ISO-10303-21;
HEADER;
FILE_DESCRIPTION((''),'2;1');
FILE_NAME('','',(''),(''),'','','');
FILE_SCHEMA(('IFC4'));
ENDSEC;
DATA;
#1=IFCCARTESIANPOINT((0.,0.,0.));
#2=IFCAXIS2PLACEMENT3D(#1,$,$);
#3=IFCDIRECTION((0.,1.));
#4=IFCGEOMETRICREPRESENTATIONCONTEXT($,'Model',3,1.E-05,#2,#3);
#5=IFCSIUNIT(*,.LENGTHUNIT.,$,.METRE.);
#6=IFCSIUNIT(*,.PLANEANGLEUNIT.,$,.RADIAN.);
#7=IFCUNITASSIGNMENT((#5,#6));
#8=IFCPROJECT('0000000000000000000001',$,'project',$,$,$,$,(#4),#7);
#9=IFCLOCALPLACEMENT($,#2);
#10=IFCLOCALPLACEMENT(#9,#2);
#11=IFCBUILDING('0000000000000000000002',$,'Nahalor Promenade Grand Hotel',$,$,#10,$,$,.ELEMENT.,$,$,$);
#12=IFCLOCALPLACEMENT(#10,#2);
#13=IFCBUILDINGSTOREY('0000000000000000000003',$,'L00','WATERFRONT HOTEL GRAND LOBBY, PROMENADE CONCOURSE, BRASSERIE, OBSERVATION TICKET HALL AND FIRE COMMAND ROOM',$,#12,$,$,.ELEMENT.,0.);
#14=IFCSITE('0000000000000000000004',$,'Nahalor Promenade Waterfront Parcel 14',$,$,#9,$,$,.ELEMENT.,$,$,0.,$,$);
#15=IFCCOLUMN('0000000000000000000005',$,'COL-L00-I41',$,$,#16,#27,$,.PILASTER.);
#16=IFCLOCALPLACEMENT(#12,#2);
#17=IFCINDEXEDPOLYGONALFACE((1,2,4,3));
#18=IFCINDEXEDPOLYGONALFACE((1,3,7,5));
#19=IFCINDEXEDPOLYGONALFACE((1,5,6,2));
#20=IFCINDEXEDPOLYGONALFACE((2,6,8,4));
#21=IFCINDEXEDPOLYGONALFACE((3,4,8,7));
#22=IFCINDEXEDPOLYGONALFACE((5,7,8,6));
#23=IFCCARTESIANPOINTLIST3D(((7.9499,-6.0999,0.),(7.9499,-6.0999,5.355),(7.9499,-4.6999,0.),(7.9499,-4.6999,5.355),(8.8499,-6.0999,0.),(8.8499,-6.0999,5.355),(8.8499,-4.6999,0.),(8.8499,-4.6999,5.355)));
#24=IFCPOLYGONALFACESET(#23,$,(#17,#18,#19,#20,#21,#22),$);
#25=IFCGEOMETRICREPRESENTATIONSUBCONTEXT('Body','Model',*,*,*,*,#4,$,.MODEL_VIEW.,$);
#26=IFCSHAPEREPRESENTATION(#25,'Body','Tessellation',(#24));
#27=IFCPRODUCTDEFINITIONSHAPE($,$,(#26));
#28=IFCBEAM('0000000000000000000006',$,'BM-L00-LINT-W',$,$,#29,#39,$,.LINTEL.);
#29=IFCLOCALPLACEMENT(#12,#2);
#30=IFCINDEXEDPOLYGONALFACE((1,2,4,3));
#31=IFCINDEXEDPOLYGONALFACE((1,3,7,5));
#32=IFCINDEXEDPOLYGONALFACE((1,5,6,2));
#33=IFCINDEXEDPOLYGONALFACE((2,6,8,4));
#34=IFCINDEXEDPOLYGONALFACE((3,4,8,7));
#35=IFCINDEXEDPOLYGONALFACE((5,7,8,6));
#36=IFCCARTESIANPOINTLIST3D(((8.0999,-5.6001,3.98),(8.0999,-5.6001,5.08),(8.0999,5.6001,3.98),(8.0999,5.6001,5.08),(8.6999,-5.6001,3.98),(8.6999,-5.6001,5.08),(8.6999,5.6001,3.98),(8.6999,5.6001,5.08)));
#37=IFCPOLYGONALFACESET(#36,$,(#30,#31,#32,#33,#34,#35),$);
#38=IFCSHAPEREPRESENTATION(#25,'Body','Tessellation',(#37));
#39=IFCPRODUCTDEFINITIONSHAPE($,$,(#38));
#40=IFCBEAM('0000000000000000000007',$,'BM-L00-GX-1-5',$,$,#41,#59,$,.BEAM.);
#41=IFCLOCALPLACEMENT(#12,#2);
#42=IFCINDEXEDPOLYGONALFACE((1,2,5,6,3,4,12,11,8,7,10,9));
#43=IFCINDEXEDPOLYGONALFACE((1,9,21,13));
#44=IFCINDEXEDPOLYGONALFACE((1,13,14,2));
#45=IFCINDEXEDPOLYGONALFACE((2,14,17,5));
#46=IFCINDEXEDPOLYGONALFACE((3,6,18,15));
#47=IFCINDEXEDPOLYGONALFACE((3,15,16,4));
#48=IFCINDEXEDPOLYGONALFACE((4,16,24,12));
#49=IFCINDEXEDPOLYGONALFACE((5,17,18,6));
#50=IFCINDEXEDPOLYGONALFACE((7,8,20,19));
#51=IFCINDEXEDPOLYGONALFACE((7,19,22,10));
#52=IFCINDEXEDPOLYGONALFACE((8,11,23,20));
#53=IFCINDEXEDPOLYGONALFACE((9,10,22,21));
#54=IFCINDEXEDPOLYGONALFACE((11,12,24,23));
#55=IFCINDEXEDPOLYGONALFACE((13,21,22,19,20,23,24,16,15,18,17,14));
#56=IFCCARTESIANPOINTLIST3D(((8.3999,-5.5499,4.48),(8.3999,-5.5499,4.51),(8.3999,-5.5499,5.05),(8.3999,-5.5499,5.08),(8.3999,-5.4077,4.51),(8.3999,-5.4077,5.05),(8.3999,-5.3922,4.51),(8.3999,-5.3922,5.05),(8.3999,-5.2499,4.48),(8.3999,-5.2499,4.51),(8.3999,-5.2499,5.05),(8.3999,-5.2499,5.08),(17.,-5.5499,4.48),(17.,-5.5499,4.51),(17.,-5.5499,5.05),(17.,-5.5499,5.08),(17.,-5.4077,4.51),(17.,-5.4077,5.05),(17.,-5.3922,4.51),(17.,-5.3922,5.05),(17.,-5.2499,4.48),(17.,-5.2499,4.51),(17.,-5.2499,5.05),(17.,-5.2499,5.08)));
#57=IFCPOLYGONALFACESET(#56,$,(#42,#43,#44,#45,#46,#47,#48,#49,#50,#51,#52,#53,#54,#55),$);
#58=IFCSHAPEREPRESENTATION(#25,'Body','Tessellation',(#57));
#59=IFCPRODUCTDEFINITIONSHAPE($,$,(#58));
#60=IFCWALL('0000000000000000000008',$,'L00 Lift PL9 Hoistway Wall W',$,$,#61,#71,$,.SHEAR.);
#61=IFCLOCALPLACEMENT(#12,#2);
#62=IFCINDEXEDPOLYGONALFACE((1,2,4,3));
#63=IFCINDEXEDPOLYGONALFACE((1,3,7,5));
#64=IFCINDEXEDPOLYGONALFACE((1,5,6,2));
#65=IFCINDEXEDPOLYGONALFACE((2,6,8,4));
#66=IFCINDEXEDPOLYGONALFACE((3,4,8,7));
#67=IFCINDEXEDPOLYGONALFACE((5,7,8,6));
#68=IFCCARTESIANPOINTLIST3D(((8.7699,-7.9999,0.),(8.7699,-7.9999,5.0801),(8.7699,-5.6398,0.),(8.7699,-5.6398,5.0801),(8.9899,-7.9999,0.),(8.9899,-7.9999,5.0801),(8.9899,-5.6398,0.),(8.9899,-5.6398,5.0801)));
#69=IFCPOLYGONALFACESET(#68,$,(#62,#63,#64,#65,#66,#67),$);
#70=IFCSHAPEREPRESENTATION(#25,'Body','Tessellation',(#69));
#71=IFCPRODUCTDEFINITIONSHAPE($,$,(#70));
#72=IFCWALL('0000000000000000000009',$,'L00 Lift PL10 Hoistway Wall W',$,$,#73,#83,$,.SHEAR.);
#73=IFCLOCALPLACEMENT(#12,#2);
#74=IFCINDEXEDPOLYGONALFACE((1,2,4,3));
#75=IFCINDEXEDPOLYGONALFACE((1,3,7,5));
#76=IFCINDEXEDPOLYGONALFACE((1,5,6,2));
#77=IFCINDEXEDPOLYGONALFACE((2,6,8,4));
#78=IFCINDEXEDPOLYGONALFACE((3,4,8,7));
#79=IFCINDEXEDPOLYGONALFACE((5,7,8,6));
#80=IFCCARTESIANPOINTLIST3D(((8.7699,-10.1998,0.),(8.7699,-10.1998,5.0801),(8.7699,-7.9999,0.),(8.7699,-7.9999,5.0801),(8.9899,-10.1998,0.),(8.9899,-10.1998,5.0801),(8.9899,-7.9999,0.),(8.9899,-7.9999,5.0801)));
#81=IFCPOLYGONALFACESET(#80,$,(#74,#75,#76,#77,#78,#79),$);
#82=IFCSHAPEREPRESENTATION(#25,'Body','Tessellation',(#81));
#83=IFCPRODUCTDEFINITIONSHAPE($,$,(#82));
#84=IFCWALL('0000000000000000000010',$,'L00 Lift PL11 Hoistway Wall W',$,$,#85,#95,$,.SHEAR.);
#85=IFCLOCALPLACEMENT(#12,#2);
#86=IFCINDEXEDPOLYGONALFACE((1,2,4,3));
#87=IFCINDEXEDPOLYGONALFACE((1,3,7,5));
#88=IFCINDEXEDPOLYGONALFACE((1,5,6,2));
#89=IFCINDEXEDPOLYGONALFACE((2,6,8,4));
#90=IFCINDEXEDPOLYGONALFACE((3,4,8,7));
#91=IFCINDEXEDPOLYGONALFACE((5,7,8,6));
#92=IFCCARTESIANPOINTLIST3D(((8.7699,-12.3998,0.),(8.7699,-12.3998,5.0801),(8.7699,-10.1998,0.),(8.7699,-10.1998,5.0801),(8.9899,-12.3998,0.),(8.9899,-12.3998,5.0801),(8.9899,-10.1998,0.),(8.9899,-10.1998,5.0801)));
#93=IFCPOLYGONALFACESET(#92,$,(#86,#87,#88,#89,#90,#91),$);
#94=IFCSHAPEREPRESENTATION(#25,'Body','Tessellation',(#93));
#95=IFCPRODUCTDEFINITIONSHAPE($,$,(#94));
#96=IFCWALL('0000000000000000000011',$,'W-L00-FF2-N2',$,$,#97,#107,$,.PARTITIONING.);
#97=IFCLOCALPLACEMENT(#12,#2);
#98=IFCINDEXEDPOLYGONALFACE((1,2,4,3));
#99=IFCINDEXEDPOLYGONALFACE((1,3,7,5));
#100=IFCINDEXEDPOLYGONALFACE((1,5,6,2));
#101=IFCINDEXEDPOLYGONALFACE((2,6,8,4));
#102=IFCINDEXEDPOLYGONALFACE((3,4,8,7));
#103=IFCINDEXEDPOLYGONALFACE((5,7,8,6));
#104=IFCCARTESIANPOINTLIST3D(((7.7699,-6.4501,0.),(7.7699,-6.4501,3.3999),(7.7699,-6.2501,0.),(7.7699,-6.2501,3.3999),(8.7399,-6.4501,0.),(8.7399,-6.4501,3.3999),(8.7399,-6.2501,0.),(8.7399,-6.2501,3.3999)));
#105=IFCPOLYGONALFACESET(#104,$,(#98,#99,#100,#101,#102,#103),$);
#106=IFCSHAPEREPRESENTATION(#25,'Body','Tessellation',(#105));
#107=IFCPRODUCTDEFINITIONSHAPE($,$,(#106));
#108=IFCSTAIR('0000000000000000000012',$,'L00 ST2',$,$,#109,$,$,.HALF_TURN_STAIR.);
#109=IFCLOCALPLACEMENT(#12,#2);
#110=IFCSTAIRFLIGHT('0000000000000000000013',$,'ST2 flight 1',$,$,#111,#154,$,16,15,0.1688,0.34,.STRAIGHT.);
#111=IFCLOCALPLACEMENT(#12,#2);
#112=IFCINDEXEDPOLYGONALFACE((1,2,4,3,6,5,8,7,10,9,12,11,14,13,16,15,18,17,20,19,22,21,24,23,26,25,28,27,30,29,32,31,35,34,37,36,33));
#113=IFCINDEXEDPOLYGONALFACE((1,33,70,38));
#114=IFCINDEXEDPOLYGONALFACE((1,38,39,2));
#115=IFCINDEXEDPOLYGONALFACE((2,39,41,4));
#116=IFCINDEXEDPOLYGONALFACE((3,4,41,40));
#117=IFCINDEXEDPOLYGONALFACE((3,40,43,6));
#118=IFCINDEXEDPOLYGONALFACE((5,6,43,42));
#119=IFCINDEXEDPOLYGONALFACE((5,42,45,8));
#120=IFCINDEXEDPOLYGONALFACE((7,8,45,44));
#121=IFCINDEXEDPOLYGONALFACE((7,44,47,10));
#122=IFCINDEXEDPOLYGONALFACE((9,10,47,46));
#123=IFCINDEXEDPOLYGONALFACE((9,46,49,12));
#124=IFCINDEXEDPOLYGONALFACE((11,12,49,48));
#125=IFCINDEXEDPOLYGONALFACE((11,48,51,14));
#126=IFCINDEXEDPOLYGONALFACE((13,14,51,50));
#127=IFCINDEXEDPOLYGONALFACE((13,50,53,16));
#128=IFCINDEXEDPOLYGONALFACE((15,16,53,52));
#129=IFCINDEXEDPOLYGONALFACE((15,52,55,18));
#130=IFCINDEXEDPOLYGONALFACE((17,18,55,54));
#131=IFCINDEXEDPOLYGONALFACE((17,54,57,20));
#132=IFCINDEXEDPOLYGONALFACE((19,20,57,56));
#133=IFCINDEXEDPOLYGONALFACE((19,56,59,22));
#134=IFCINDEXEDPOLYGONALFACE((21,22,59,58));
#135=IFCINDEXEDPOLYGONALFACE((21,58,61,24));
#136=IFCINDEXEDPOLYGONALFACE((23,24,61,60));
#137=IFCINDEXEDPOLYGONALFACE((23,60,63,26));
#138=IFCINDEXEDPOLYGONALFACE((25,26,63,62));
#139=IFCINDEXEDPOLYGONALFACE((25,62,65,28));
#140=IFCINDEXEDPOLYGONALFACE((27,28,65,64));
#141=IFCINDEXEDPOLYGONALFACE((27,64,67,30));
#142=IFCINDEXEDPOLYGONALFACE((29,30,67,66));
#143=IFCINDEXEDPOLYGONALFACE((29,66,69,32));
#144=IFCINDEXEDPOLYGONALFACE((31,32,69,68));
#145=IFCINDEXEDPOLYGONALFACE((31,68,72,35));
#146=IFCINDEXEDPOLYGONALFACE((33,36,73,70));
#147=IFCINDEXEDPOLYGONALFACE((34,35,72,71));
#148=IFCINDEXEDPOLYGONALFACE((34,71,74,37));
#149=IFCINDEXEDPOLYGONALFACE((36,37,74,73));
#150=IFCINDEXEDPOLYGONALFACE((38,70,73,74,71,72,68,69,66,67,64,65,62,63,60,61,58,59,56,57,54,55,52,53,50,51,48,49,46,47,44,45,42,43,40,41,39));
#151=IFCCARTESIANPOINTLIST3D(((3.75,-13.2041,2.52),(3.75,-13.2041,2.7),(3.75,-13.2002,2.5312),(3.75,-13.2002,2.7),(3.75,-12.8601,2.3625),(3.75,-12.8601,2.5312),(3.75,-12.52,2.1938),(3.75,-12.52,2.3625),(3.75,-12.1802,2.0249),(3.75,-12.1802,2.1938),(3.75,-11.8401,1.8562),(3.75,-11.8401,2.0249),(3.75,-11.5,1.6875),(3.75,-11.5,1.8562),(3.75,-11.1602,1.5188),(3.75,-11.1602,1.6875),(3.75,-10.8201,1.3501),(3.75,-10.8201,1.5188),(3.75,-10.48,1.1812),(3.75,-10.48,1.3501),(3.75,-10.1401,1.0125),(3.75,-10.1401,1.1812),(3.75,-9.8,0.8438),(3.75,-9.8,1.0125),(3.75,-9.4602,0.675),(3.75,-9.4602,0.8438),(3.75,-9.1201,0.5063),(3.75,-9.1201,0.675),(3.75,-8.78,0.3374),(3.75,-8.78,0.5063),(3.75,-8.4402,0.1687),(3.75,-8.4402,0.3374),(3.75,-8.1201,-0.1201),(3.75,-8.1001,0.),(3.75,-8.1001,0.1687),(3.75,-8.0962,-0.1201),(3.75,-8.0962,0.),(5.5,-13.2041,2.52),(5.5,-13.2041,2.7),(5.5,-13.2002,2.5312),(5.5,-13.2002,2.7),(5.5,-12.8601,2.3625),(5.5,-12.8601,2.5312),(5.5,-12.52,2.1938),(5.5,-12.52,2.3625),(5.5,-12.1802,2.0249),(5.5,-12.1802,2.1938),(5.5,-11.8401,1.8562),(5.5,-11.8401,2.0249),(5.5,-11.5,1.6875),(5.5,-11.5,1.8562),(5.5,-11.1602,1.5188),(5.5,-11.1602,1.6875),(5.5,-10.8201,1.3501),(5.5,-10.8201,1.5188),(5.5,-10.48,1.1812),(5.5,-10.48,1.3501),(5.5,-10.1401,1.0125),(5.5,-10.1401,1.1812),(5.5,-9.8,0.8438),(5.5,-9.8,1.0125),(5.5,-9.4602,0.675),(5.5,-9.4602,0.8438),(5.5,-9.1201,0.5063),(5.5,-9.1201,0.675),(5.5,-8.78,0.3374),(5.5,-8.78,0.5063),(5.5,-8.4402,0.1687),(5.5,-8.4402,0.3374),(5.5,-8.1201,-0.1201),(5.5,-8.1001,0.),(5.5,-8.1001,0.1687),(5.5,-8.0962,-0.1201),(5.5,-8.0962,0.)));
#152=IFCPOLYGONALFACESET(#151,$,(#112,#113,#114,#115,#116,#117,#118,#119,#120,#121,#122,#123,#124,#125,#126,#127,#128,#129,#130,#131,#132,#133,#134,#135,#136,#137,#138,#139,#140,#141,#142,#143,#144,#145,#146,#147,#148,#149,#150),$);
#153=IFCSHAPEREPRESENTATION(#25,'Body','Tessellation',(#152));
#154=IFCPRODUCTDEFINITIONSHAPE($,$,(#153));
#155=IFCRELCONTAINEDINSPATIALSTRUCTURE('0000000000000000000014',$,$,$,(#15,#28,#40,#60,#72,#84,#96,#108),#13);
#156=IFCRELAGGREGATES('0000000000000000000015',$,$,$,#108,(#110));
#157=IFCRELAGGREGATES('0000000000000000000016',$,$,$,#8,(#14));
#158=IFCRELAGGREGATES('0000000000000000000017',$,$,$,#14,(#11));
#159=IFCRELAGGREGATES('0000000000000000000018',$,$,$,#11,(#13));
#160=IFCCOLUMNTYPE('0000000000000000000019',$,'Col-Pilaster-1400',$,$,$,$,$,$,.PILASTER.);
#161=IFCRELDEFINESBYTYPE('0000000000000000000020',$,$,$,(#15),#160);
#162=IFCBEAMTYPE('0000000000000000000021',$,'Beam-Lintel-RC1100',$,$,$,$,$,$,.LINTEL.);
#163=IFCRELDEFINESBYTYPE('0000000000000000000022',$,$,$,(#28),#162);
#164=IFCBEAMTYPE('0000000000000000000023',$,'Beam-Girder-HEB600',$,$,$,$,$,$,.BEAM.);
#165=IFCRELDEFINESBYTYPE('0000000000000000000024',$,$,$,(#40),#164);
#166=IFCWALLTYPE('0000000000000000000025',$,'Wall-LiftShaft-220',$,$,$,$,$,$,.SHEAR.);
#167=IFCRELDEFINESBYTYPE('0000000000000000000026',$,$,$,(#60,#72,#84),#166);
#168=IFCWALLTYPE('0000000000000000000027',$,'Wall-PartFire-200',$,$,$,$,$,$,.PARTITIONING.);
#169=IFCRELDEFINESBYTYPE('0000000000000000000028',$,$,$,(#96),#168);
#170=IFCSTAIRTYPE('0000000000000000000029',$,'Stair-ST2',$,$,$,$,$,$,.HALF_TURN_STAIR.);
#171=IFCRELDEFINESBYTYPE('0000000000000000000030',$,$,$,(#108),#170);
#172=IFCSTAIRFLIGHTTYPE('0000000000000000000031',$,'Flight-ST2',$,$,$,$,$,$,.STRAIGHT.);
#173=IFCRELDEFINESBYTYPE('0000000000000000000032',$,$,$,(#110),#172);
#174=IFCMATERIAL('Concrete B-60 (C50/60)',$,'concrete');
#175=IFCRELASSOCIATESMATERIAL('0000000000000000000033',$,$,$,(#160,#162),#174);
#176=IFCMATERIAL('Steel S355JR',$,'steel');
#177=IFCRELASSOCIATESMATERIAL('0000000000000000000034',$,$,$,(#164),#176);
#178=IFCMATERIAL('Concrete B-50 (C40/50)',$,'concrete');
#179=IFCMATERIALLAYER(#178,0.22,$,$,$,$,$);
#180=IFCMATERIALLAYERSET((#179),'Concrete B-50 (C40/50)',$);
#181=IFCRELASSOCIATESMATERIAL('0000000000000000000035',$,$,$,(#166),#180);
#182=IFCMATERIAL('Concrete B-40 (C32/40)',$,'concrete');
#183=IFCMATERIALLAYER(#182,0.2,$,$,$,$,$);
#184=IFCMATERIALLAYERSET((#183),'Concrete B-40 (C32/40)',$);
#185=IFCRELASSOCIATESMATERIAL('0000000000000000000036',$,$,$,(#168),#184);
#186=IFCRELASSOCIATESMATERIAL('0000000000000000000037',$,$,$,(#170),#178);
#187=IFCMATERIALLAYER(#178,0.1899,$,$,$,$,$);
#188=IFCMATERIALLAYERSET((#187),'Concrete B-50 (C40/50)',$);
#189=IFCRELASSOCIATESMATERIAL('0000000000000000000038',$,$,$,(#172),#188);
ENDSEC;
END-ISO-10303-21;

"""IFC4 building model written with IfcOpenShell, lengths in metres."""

from ifc_helpers import new_model, si_unit, direction, frame, frame_2d, origin, origin_2d, place, context, subcontext, project, spatial, polyline, rectangle, i_section, outline, extrude, source, transform, mapped, material, layer, layer_set, material_profile, profile_set, type_object, element, aggregate, save


model = new_model("IFC4")

# Units and contexts
model_context = context("Model", 3, precision=1e-05, world=origin(), true_north=direction((0.0, 1.0)))
body_context = subcontext(model_context, "Body", "Model", "MODEL_VIEW")
ifc_project = project(units=[si_unit("LENGTHUNIT", "METRE"), si_unit("PLANEANGLEUNIT", "RADIAN")], contexts=[model_context])

# Site, building, storey
site_placement = place(None, origin())
site = spatial("IfcSite", under=ifc_project, at=site_placement, Name="Nahalor Promenade Waterfront Parcel 14", CompositionType="ELEMENT", RefElevation=0.0)
building_placement = place(site_placement, origin())
building = spatial("IfcBuilding", under=site, at=building_placement, Name="Nahalor Promenade Grand Hotel", CompositionType="ELEMENT")
storey_placement = place(building_placement, origin())
storey = spatial("IfcBuildingStorey", under=building, at=storey_placement, Name="L00", Description="WATERFRONT HOTEL GRAND LOBBY, PROMENADE CONCOURSE, BRASSERIE, OBSERVATION TICKET HALL AND FIRE COMMAND ROOM", CompositionType="ELEMENT", Elevation=0.0)

# Column
ifc_material_1 = material(Name="Concrete B-60 (C50/60)", Category="concrete")
ifc_material_profile_1 = material_profile(ifc_material_1, rectangle(XDim=0.9, YDim=1.4, at=origin_2d()), Name="RC 900x1400")
ifc_profile_set_1 = profile_set([ifc_material_profile_1], Name="Concrete B-60 (C50/60)")
column_type = type_object("IfcColumnType", Name="Col-Pilaster-1400", PredefinedType="PILASTER", material=ifc_profile_set_1)
shared_shape_1 = source(origin(), body_context, "Body", "SweptSolid", [
    extrude(rectangle(XDim=0.9, YDim=1.4, at=origin_2d()), origin(), (0.0, 0.0, 1.0), 5.355),
])
column_placement = place(storey_placement, frame((8.3999, -5.3999, 0.0), z_axis=(0.0, 0.0, 1.0), x_axis=(1.0, 0.0, 0.0)))
element("IfcColumn", 1, at=column_placement, inside=storey, type_object=column_type, Name="COL-L00-I41", PredefinedType="PILASTER", context=body_context, shape_type="MappedRepresentation", body=[
    mapped(shared_shape_1, transform((0.0, 0.0, 0.0), scale=1.0)),
])

# Beams
ifc_material_profile_2 = material_profile(ifc_material_1, rectangle(XDim=0.6, YDim=1.1, at=origin_2d()), Name="RC 600x1100")
ifc_profile_set_2 = profile_set([ifc_material_profile_2], Name="Concrete B-60 (C50/60)")
beam_type_1 = type_object("IfcBeamType", Name="Beam-Lintel-RC1100", PredefinedType="LINTEL", material=ifc_profile_set_2)
shared_shape_2 = source(origin(), body_context, "Body", "SweptSolid", [
    extrude(rectangle(XDim=0.6, YDim=1.1, at=origin_2d()), origin(), (0.0, 0.0, 1.0), 11.2002),
])
beam_1_placement = place(storey_placement, frame((8.3999, -5.6001, 4.53), z_axis=(0.0, 1.0, 0.0), x_axis=(-1.0, 0.0, 0.0)))
element("IfcBeam", 2, at=beam_1_placement, inside=storey, type_object=beam_type_1, Name="BM-L00-LINT-W", PredefinedType="LINTEL", context=body_context, shape_type="MappedRepresentation", body=[
    mapped(shared_shape_2, transform((0.0, 0.0, 0.0), scale=1.0)),
])
ifc_material_2 = material(Name="Steel S355JR", Category="steel")
ifc_material_profile_3 = material_profile(ifc_material_2, i_section(OverallWidth=0.3, OverallDepth=0.6, WebThickness=0.0155, FlangeThickness=0.03, at=origin_2d()), Name="HEB 600")
ifc_profile_set_3 = profile_set([ifc_material_profile_3], Name="Steel S355JR")
beam_type_2 = type_object("IfcBeamType", Name="Beam-Girder-HEB600", PredefinedType="BEAM", material=ifc_profile_set_3)
shared_shape_3 = source(origin(), body_context, "Body", "SweptSolid", [
    extrude(i_section(OverallWidth=0.3, OverallDepth=0.6, WebThickness=0.0155, FlangeThickness=0.03, at=origin_2d()), origin(), (0.0, 0.0, 1.0), 8.6001),
])
beam_2_placement = place(storey_placement, frame((8.3999, -5.3999, 4.78), z_axis=(1.0, 0.0, 0.0), x_axis=(0.0, 1.0, 0.0)))
element("IfcBeam", 3, at=beam_2_placement, inside=storey, type_object=beam_type_2, Name="BM-L00-GX-1-5", PredefinedType="BEAM", context=body_context, shape_type="MappedRepresentation", body=[
    mapped(shared_shape_3, transform((0.0, 0.0, 0.0), scale=1.0)),
])

# Walls
ifc_material_3 = material(Name="Concrete B-50 (C40/50)", Category="concrete")
ifc_layer_1 = layer(ifc_material_3, 0.22)
ifc_layer_set_1 = layer_set([ifc_layer_1], Name="Concrete B-50 (C40/50)")
wall_type_1 = type_object("IfcWallType", Name="Wall-LiftShaft-220", PredefinedType="SHEAR", material=ifc_layer_set_1)
shared_shape_4 = source(origin(), body_context, "Body", "SweptSolid", [
    extrude(rectangle(XDim=2.3601, YDim=0.22, at=frame_2d((1.1802, 0.0))), origin(), (0.0, 0.0, 1.0), 5.0801),
])
wall_1_placement = place(storey_placement, frame((8.8799, -8.0, 0.0), z_axis=(0.0, 0.0, 1.0), x_axis=(0.0, 1.0, 0.0)))
element("IfcWall", 4, at=wall_1_placement, inside=storey, type_object=wall_type_1, Name="L00 Lift PL9 Hoistway Wall W", PredefinedType="SHEAR", context=body_context, shape_type="MappedRepresentation", body=[
    mapped(shared_shape_4, transform((0.0, 0.0, 0.0), scale=1.0)),
])
shared_shape_5 = source(origin(), body_context, "Body", "SweptSolid", [
    extrude(rectangle(XDim=2.2, YDim=0.22, at=frame_2d((1.1001, 0.0))), origin(), (0.0, 0.0, 1.0), 5.0801),
])
for number, where, z_axis, x_axis, name in (
    (5, (8.8799, -10.2, 0.0), (0.0, 0.0, 1.0), (0.0, 1.0, 0.0), "L00 Lift PL10 Hoistway Wall W"),
    (6, (8.8799, -12.3999, 0.0), (0.0, 0.0, 1.0), (0.0, 1.0, 0.0), "L00 Lift PL11 Hoistway Wall W"),
):
    element("IfcWall", number, at=place(storey_placement, frame(where, z_axis=z_axis, x_axis=x_axis)), inside=storey, type_object=wall_type_1, Name=name, PredefinedType="SHEAR", context=body_context, shape_type="MappedRepresentation", body=[
        mapped(shared_shape_5, transform((0.0, 0.0, 0.0), scale=1.0)),
    ])
ifc_material_4 = material(Name="Concrete B-40 (C32/40)", Category="concrete")
ifc_layer_2 = layer(ifc_material_4, 0.2)
ifc_layer_set_2 = layer_set([ifc_layer_2], Name="Concrete B-40 (C32/40)")
wall_type_2 = type_object("IfcWallType", Name="Wall-PartFire-200", PredefinedType="PARTITIONING", material=ifc_layer_set_2)
shared_shape_6 = source(origin(), body_context, "Body", "SweptSolid", [
    extrude(rectangle(XDim=0.97, YDim=0.2, at=frame_2d((0.4849, 0.0))), origin(), (0.0, 0.0, 1.0), 3.3999),
])
wall_2_placement = place(storey_placement, frame((7.77, -6.3501, 0.0), z_axis=(0.0, 0.0, 1.0), x_axis=(1.0, 0.0, 0.0)))
element("IfcWall", 7, at=wall_2_placement, inside=storey, type_object=wall_type_2, Name="W-L00-FF2-N2", PredefinedType="PARTITIONING", context=body_context, shape_type="MappedRepresentation", body=[
    mapped(shared_shape_6, transform((0.0, 0.0, 0.0), scale=1.0)),
])

# Stair, stair flight
stair_type = type_object("IfcStairType", Name="Stair-ST2", PredefinedType="HALF_TURN_STAIR", material=ifc_material_3)
stair_placement = place(storey_placement, origin())
stair = element("IfcStair", 8, at=stair_placement, inside=storey, type_object=stair_type, Name="L00 ST2", PredefinedType="HALF_TURN_STAIR")
ifc_layer_3 = layer(ifc_material_3, 0.1899)
ifc_layer_set_3 = layer_set([ifc_layer_3], Name="Concrete B-50 (C40/50)")
stair_flight_type = type_object("IfcStairFlightType", Name="Flight-ST2", PredefinedType="STRAIGHT", material=ifc_layer_set_3)
shared_shape_7 = source(origin(), body_context, "Body", "SweptSolid", [
    extrude(outline(polyline([(-0.0039, -0.1201), (-0.0039, 0.0), (0.0, 0.0), (0.0, 0.1687), (0.3401, 0.1687), (0.3401, 0.3374), (0.6799, 0.3374), (0.6799, 0.5063), (1.02, 0.5063), (1.02, 0.675), (1.3601, 0.675), (1.3601, 0.8438), (1.7, 0.8438), (1.7, 1.0125), (2.04, 1.0125), (2.04, 1.1812), (2.3799, 1.1812), (2.3799, 1.3501), (2.72, 1.3501), (2.72, 1.5188), (3.0601, 1.5188), (3.0601, 1.6875), (3.3999, 1.6875), (3.3999, 1.8562), (3.74, 1.8562), (3.74, 2.0249), (4.0801, 2.0249), (4.0801, 2.1938), (4.4199, 2.1938), (4.4199, 2.3625), (4.76, 2.3625), (4.76, 2.5312), (5.1001, 2.5312), (5.1001, 2.7), (5.104, 2.7), (5.104, 2.52), (0.02, -0.1201), (-0.0039, -0.1201)])), frame((0.0, 0.875, 0.0), z_axis=(0.0, -1.0, 0.0), x_axis=(1.0, 0.0, 0.0)), (0.0, 0.0, 1.0), 1.75),
])
stair_flight_1_placement = place(storey_placement, frame((4.625, -8.1001, 0.0), z_axis=(0.0, 0.0, 1.0), x_axis=(0.0, -1.0, 0.0)))
stair_flight_1 = element("IfcStairFlight", 9, at=stair_flight_1_placement, type_object=stair_flight_type, Name="ST2 flight 1", NumberOfRisers=16, NumberOfTreads=15, PredefinedType="STRAIGHT", RiserHeight=0.1688, TreadLength=0.34, context=body_context, shape_type="MappedRepresentation", body=[
    mapped(shared_shape_7, transform((0.0, 0.0, 0.0), scale=1.0)),
])
aggregate(stair, [stair_flight_1])

save(model, "model.ifc")
